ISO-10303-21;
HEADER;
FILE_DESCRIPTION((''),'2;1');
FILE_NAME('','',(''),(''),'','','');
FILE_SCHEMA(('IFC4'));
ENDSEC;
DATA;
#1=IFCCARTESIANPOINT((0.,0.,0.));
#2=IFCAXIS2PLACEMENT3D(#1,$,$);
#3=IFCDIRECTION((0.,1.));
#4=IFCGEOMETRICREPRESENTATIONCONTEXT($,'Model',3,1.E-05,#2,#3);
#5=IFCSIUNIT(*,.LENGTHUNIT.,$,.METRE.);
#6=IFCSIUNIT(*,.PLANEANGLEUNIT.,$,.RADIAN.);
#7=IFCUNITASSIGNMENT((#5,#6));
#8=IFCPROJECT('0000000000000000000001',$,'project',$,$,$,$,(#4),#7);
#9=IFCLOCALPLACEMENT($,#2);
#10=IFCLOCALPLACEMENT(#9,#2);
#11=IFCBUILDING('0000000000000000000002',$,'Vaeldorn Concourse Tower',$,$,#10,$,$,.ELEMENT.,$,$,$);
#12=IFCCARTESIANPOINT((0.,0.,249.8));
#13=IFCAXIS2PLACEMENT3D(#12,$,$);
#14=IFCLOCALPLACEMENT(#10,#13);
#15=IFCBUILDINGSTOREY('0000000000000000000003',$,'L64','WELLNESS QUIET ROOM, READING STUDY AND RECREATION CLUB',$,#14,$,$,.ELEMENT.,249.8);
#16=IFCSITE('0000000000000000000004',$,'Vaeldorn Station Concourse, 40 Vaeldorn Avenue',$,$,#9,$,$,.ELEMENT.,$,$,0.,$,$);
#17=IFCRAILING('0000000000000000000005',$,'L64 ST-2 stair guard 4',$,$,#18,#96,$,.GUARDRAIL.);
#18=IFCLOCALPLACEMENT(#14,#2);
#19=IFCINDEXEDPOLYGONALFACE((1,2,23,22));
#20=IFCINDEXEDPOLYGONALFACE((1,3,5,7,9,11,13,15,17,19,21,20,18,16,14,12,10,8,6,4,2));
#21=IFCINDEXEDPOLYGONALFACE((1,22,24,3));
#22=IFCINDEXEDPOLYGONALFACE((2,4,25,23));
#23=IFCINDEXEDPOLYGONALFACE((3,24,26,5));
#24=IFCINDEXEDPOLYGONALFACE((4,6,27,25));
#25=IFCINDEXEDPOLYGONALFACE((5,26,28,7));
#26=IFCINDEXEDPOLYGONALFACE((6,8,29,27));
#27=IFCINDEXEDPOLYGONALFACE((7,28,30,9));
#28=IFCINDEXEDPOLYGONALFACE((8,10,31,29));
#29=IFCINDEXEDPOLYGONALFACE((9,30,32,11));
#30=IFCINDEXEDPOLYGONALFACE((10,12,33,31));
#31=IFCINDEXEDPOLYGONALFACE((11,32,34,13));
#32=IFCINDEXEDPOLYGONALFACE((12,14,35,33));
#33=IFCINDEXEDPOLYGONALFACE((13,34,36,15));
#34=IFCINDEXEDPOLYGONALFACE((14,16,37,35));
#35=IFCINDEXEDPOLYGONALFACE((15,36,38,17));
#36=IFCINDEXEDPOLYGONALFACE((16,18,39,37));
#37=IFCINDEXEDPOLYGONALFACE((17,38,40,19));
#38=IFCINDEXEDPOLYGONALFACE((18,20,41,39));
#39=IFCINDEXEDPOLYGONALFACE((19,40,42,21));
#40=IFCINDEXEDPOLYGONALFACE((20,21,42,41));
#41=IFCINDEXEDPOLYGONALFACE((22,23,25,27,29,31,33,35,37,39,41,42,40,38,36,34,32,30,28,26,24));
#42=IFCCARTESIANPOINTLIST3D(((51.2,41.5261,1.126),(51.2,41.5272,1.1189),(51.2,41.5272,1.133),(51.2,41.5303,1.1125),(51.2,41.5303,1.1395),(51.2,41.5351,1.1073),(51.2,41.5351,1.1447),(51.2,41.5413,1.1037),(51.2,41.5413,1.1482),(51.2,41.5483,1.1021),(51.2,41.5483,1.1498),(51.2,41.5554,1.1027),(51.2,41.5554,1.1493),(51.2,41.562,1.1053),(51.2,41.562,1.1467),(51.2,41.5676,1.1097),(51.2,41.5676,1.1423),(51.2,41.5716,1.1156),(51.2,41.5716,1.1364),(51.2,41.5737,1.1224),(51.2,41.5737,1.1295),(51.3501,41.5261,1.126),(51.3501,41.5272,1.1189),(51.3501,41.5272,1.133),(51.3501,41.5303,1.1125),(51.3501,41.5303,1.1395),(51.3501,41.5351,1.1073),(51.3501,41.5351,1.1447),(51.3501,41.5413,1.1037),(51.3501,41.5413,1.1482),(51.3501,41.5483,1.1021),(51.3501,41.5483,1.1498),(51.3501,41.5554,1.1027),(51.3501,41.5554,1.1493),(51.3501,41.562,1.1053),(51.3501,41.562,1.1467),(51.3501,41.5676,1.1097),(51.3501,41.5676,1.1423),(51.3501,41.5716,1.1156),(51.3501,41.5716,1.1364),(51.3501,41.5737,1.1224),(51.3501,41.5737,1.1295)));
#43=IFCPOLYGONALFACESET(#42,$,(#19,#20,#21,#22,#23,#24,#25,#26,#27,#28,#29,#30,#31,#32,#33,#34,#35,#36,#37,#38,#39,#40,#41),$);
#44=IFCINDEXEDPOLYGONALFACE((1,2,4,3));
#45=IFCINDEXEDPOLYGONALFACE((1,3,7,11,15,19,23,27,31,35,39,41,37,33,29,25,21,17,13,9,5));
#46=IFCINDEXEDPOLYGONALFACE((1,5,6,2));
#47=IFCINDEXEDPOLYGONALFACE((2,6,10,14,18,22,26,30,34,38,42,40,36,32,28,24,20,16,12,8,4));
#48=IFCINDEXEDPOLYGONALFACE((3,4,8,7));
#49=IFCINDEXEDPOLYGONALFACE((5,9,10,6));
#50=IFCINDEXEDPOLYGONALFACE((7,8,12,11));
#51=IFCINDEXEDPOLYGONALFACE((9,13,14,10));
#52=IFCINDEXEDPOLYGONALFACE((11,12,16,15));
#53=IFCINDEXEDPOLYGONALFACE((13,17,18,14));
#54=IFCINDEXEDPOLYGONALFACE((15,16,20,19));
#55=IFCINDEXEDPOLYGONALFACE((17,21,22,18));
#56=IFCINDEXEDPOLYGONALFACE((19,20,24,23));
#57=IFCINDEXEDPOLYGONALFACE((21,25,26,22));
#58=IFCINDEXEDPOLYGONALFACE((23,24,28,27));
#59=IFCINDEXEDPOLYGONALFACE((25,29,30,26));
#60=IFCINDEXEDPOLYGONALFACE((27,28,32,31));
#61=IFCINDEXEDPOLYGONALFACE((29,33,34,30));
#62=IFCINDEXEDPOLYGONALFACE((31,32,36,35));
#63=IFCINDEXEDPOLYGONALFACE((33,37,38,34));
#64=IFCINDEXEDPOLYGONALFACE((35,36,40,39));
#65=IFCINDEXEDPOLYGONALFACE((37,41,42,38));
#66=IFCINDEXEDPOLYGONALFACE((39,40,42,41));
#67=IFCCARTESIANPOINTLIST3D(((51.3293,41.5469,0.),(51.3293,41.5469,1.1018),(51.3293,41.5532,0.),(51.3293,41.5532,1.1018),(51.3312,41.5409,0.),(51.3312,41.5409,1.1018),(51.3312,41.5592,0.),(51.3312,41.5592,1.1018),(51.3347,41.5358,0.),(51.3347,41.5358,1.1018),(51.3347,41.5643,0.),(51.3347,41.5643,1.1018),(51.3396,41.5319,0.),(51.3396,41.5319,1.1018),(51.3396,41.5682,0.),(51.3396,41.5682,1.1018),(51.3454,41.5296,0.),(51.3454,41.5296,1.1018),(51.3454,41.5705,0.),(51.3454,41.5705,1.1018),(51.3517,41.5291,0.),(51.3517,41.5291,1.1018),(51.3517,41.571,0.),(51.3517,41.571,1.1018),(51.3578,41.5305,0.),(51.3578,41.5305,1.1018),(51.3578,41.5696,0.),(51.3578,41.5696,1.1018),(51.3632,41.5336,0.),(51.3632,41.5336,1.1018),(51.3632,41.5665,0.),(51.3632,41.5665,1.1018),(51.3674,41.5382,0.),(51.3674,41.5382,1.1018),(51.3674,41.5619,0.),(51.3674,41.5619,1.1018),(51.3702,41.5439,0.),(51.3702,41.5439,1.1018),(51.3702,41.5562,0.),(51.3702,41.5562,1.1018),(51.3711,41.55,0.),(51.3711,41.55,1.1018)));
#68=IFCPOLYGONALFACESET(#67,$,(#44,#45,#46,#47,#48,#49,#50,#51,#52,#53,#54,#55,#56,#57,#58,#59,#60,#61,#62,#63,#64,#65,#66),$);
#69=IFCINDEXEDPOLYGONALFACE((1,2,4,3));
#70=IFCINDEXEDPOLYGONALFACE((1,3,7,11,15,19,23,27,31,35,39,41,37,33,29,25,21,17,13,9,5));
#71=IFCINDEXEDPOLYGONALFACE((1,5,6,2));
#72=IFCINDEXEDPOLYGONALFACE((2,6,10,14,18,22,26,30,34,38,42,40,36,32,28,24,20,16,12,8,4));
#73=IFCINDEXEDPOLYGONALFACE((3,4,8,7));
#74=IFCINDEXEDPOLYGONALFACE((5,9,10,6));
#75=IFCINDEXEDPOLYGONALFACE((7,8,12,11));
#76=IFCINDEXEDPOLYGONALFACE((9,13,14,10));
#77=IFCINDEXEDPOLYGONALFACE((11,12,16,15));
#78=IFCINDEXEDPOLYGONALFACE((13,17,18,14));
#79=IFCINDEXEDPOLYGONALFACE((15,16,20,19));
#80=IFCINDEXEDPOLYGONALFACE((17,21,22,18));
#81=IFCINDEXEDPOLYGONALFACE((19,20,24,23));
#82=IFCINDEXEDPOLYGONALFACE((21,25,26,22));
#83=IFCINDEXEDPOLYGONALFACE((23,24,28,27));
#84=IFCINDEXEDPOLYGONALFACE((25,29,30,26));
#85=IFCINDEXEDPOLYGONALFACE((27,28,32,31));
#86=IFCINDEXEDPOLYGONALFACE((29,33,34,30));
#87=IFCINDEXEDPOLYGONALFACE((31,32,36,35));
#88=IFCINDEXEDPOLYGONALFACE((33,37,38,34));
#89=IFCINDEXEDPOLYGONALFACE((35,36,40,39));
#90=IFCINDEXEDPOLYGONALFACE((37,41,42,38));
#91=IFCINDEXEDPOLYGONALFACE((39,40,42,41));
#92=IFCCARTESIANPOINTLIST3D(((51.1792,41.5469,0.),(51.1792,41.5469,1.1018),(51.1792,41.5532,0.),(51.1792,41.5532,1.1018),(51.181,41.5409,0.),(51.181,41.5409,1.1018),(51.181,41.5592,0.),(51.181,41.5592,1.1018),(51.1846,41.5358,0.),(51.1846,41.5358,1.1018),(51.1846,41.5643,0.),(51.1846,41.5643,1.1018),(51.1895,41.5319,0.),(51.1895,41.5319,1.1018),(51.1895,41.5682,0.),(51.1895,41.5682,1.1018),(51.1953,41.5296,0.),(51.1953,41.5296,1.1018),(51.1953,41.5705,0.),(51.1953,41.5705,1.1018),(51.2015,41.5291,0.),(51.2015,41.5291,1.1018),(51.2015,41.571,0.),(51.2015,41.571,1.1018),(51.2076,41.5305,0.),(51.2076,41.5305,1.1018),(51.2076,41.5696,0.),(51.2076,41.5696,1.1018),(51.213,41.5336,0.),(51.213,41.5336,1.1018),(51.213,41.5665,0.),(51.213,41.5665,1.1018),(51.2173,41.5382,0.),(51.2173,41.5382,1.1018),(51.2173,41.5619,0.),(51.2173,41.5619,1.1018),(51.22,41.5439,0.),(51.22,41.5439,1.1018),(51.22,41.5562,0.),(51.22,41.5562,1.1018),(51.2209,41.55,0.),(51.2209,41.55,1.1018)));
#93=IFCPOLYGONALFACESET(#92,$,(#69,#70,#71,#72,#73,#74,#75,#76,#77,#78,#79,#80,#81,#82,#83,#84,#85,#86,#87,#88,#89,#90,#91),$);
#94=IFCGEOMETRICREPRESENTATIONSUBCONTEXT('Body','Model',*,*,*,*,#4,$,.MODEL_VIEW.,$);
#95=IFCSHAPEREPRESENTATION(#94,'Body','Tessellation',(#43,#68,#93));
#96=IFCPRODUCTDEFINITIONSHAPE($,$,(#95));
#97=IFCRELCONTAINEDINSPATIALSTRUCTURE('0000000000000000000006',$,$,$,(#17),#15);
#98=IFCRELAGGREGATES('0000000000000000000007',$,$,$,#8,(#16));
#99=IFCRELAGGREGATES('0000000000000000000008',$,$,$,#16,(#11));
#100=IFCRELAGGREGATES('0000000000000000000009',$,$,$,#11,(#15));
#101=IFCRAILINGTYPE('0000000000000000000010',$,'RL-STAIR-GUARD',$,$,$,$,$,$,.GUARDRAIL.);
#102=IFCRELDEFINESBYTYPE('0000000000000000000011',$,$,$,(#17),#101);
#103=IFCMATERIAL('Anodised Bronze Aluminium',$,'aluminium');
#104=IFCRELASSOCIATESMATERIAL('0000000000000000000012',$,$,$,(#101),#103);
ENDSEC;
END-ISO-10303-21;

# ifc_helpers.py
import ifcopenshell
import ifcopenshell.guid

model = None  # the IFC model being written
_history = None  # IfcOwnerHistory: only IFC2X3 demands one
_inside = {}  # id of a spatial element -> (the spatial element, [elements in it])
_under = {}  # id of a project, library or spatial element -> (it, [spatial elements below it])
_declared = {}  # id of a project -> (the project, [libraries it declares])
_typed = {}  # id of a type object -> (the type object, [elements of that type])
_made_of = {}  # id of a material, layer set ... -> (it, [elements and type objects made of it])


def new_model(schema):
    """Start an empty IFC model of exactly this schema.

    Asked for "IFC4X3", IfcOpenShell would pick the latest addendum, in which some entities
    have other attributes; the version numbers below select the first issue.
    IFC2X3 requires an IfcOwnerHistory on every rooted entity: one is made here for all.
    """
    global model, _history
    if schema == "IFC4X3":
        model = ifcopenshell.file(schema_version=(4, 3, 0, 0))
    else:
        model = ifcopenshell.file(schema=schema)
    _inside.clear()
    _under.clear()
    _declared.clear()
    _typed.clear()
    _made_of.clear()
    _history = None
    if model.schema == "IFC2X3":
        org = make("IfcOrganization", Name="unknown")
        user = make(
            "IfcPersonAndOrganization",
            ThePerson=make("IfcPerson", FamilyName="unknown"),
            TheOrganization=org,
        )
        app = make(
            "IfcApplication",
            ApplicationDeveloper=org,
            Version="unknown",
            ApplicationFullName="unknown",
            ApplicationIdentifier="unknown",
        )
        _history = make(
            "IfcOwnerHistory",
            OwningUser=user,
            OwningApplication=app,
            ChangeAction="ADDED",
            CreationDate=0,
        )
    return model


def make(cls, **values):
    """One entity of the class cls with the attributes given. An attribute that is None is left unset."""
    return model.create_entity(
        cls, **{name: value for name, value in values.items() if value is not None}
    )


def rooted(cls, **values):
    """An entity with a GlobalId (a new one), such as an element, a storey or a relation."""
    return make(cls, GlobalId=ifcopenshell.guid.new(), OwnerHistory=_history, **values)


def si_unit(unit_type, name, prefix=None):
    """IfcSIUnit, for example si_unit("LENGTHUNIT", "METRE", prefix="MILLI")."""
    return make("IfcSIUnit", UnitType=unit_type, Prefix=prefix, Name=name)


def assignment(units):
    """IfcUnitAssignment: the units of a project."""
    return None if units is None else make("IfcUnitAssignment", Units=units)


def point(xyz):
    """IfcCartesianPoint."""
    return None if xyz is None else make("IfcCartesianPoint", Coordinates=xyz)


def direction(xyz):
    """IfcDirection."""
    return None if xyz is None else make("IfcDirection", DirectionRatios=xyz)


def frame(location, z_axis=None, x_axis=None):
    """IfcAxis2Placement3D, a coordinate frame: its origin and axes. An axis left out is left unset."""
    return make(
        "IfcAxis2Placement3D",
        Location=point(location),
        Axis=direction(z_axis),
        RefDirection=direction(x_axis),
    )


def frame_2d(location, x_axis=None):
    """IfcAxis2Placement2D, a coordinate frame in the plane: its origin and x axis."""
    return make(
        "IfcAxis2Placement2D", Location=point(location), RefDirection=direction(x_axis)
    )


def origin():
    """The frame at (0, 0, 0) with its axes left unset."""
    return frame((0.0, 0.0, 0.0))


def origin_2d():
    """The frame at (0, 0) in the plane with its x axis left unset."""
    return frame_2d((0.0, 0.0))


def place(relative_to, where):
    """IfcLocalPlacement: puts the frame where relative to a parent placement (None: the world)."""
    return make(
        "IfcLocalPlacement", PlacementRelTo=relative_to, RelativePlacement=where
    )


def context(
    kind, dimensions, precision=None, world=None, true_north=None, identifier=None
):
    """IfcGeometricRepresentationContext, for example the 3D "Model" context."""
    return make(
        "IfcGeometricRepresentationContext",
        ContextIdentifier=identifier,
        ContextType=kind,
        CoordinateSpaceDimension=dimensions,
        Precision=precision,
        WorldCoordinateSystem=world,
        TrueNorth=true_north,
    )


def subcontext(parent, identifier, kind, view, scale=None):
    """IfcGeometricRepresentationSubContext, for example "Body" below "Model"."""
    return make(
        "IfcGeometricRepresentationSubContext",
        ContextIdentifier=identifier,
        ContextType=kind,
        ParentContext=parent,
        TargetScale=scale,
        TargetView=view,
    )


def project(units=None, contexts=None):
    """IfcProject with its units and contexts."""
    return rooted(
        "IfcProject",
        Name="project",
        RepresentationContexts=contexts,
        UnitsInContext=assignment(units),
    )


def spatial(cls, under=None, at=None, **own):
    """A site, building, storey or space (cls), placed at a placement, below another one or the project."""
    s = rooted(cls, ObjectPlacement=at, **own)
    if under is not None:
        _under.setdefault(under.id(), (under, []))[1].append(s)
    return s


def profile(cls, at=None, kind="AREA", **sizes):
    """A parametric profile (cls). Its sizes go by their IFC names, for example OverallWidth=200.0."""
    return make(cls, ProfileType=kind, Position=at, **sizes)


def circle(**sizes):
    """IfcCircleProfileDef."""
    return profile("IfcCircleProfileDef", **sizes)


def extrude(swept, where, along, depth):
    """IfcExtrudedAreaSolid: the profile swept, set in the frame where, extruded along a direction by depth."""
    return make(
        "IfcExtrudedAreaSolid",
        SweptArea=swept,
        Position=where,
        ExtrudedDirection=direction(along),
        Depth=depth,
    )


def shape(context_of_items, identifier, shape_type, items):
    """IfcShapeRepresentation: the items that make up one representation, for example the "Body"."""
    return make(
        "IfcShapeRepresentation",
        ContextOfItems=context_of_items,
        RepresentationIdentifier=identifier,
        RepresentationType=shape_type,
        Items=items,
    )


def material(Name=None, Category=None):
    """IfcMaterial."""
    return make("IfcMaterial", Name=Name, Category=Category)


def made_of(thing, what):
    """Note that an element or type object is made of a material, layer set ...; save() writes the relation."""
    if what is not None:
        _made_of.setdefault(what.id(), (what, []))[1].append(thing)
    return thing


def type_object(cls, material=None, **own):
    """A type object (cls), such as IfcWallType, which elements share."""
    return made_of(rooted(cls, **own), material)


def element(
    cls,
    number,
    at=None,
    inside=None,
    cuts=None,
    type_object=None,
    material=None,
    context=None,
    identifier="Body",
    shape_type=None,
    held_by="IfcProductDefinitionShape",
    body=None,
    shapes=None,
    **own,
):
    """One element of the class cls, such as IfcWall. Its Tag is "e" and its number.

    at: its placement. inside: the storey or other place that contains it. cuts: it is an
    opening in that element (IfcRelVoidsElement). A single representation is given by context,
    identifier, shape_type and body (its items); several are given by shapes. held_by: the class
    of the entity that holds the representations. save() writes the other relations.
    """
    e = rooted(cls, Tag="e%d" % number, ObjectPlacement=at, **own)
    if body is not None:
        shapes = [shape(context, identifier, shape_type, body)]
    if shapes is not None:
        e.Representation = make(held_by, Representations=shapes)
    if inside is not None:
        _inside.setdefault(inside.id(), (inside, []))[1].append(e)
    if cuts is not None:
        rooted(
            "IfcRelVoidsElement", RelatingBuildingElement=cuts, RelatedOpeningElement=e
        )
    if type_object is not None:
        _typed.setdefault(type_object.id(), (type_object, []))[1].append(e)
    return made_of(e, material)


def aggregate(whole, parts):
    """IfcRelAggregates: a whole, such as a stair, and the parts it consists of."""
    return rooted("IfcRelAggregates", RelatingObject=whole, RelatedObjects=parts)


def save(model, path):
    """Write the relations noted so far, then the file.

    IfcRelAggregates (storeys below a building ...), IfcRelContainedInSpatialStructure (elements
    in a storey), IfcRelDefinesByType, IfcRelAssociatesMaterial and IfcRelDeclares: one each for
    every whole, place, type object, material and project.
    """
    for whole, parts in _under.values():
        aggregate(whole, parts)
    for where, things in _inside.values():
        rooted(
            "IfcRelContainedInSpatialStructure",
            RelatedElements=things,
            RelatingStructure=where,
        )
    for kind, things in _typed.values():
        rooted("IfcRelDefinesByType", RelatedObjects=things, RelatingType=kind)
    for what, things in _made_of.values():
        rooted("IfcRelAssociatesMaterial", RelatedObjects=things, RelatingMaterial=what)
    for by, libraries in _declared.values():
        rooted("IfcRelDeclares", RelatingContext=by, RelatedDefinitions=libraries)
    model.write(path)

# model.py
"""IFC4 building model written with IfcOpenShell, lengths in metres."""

from ifc_helpers import new_model, si_unit, direction, frame, origin, origin_2d, place, context, subcontext, project, spatial, circle, extrude, material, type_object, element, save


model = new_model("IFC4")

# Units and contexts
model_context = context("Model", 3, precision=1e-05, world=origin(), true_north=direction((0.0, 1.0)))
body_context = subcontext(model_context, "Body", "Model", "MODEL_VIEW")
ifc_project = project(units=[si_unit("LENGTHUNIT", "METRE"), si_unit("PLANEANGLEUNIT", "RADIAN")], contexts=[model_context])

# Site, building, storey
site_placement = place(None, origin())
site = spatial("IfcSite", under=ifc_project, at=site_placement, Name="Vaeldorn Station Concourse, 40 Vaeldorn Avenue", CompositionType="ELEMENT", RefElevation=0.0)
building_placement = place(site_placement, origin())
building = spatial("IfcBuilding", under=site, at=building_placement, Name="Vaeldorn Concourse Tower", CompositionType="ELEMENT")
storey_placement = place(building_placement, frame((0.0, 0.0, 249.8)))
storey = spatial("IfcBuildingStorey", under=building, at=storey_placement, Name="L64", Description="WELLNESS QUIET ROOM, READING STUDY AND RECREATION CLUB", CompositionType="ELEMENT", Elevation=249.8)

# Shared definitions
ifc_material_1 = material(Name="Anodised Bronze Aluminium", Category="aluminium")

# Railing
railing_type_1 = type_object("IfcRailingType", Name="RL-STAIR-GUARD", PredefinedType="GUARDRAIL", material=ifc_material_1)
railing_1_placement = place(storey_placement, frame((51.3501, 41.55, 0.0)))
element("IfcRailing", 1, at=railing_1_placement, inside=storey, type_object=railing_type_1, Name="L64 ST-2 stair guard 4", PredefinedType="GUARDRAIL", context=body_context, shape_type="SweptSolid", body=[
    extrude(circle(Radius=0.0239, at=origin_2d()), frame((0.0, 0.0, 1.126), z_axis=(-1.0, 0.0, 0.0), x_axis=(0.0, -1.0, 0.0)), (0.0, 0.0, 1.0), 0.1501),
    extrude(circle(Radius=0.021, at=origin_2d()), origin(), (0.0, 0.0, 1.0), 1.1018),
    extrude(circle(Radius=0.021, at=origin_2d()), frame((-0.1501, 0.0, 0.0)), (0.0, 0.0, 1.0), 1.1018),
])

save(model, "model.ifc")
